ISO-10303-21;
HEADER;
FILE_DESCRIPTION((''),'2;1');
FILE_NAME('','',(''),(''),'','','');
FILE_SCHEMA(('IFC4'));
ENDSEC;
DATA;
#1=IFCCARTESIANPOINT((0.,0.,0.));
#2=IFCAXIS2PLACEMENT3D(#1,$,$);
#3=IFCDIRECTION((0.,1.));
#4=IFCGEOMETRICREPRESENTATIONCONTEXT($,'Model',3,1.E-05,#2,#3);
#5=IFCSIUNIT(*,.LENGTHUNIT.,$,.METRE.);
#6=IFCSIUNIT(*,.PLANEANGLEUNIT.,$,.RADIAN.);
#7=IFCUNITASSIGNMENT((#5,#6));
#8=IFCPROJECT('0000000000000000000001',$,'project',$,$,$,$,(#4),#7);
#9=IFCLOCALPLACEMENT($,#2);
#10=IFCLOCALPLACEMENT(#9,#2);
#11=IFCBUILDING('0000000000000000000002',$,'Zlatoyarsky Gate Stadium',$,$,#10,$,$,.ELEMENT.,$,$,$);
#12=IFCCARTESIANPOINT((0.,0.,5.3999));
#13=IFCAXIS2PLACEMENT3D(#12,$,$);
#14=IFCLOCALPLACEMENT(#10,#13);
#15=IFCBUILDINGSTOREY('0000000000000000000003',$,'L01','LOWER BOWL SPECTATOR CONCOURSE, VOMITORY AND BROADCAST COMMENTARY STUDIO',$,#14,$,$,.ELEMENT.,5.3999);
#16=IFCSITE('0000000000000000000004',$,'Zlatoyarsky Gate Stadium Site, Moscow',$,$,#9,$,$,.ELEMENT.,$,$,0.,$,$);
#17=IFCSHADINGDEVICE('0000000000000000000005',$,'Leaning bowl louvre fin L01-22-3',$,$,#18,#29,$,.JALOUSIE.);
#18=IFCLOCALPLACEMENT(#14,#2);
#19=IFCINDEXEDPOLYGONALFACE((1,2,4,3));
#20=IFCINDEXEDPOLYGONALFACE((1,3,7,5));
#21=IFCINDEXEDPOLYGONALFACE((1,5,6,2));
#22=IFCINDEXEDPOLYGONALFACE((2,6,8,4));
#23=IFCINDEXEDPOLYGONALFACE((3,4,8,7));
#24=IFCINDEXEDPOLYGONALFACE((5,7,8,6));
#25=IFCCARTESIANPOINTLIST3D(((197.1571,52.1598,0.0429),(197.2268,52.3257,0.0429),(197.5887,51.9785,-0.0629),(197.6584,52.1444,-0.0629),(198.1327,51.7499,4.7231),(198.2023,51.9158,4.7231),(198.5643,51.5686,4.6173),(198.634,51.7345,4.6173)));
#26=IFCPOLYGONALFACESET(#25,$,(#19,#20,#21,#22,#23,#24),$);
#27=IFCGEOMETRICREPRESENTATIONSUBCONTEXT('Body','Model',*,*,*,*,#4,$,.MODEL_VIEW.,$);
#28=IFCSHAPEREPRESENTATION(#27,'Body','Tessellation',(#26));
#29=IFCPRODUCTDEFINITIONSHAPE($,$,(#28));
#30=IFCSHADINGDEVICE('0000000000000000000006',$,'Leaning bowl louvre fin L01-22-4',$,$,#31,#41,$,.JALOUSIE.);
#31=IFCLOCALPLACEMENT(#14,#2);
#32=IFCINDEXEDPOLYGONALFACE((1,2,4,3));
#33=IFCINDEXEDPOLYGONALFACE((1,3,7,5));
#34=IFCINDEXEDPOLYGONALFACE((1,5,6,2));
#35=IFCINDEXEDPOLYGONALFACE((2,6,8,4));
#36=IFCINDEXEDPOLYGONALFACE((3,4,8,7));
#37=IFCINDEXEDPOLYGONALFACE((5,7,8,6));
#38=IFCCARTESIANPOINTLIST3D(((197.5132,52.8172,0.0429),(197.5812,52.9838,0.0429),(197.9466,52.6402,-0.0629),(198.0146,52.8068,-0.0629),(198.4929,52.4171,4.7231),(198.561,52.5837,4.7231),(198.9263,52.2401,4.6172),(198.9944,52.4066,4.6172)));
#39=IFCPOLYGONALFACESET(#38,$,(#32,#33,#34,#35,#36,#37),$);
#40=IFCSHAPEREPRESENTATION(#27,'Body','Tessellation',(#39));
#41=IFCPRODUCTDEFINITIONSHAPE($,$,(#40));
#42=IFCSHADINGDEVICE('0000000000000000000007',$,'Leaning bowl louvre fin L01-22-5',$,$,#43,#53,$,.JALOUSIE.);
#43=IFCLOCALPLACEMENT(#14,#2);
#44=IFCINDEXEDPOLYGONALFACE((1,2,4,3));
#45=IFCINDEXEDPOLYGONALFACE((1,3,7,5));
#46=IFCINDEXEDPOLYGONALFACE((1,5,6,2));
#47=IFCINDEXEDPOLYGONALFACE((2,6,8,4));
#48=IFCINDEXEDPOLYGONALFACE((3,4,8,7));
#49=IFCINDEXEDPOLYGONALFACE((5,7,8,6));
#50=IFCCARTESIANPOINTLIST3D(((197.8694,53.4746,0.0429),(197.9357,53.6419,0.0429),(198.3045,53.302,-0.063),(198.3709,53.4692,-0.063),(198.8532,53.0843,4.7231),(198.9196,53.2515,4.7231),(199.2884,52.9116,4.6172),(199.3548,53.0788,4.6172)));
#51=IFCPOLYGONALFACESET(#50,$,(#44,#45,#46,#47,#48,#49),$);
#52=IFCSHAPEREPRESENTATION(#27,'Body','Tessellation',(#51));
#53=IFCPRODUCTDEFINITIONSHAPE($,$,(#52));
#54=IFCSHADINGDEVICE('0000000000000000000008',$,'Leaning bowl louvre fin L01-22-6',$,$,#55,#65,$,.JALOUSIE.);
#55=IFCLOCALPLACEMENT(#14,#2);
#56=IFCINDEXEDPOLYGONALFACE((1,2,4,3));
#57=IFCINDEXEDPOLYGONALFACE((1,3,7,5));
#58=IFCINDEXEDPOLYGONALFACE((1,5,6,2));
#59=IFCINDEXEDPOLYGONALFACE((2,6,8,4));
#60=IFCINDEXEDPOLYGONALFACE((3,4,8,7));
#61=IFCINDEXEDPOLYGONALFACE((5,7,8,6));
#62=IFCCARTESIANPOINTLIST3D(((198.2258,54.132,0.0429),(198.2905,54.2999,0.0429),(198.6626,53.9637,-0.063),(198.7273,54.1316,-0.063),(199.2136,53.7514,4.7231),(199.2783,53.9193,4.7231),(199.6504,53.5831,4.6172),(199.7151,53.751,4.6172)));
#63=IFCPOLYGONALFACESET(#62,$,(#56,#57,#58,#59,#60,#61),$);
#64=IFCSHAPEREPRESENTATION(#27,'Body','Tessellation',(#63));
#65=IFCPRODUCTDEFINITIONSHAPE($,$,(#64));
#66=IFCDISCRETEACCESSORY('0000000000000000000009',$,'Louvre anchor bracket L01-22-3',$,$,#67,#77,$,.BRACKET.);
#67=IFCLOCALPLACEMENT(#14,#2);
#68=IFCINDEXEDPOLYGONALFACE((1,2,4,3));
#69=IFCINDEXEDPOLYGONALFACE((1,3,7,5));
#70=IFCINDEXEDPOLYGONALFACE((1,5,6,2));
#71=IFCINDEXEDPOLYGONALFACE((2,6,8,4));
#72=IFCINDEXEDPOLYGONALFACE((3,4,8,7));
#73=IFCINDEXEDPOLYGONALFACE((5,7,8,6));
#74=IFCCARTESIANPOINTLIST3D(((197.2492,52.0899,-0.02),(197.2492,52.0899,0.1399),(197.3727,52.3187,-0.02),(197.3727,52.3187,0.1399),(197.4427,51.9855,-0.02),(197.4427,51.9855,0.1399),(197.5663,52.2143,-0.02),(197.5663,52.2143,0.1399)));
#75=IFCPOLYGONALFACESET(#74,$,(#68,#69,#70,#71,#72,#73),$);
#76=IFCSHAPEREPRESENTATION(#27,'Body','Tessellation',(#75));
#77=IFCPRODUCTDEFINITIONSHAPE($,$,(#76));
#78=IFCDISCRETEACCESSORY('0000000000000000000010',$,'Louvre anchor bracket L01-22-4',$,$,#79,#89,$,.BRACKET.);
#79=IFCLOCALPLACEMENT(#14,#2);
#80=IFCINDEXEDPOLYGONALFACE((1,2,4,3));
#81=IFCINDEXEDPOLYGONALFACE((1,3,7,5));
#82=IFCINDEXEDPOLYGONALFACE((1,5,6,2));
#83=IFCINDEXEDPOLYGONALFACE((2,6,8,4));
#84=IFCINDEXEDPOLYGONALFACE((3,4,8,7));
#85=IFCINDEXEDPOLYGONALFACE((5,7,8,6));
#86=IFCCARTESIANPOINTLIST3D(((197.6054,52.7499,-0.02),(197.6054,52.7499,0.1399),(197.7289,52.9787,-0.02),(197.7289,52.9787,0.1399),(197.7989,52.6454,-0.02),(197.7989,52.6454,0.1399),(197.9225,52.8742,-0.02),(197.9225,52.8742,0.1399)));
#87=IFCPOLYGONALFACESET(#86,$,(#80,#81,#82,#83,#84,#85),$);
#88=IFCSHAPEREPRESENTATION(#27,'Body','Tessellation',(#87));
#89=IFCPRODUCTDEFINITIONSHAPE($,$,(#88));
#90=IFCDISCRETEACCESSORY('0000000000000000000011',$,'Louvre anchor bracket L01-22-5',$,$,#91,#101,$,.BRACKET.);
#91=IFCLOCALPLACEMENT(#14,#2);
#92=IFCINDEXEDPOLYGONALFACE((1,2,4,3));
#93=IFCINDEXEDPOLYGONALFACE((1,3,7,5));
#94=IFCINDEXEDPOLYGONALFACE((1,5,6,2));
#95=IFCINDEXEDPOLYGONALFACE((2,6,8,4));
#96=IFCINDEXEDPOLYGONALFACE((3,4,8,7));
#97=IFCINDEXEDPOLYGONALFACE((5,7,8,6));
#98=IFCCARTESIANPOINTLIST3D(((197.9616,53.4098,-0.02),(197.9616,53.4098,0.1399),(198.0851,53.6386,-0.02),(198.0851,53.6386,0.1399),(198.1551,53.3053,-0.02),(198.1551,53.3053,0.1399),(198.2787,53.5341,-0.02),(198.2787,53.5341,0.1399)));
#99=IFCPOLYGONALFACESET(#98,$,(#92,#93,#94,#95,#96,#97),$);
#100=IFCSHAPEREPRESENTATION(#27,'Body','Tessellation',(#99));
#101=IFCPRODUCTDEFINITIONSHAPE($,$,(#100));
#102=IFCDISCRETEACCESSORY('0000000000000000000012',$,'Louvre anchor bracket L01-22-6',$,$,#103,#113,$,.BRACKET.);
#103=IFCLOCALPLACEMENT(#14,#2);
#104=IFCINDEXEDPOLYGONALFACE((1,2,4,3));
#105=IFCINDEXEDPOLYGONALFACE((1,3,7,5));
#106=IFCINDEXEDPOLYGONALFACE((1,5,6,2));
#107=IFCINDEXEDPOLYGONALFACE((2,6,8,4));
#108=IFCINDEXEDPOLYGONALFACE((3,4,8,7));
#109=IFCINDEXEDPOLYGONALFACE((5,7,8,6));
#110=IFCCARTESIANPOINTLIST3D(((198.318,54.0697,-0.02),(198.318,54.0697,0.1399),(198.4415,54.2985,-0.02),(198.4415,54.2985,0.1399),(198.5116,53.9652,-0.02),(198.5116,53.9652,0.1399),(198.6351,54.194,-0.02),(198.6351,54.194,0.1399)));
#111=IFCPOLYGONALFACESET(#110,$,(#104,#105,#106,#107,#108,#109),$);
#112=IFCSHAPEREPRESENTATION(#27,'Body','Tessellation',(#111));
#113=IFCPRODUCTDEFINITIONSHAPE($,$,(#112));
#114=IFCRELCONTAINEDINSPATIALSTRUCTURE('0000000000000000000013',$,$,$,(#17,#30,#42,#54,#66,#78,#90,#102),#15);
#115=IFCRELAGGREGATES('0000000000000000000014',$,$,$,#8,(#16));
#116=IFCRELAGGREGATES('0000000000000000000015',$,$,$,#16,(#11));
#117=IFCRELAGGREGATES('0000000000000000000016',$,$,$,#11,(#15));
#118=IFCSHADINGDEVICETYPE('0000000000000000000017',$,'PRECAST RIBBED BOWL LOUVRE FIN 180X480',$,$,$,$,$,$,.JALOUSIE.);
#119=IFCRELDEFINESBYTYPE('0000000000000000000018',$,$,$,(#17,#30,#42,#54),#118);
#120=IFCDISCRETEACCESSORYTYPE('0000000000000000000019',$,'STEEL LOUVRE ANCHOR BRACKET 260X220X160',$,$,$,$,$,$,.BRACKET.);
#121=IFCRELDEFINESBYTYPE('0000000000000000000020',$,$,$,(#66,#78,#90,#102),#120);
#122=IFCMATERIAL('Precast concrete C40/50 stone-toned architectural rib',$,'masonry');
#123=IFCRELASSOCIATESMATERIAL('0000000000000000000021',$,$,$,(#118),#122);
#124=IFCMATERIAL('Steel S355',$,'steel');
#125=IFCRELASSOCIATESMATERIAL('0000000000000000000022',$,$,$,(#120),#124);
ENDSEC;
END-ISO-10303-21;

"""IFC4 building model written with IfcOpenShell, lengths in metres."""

from ifc_helpers import new_model, si_unit, direction, frame, origin, origin_2d, place, context, subcontext, project, spatial, rectangle, extrude, material, material_profile, profile_set, type_object, element, save


model = new_model("IFC4")

# Units and contexts
model_context = context("Model", 3, precision=1e-05, world=origin(), true_north=direction((0.0, 1.0)))
body_context = subcontext(model_context, "Body", "Model", "MODEL_VIEW")
ifc_project = project(units=[si_unit("LENGTHUNIT", "METRE"), si_unit("PLANEANGLEUNIT", "RADIAN")], contexts=[model_context])

# Site, building, storey
site_placement = place(None, origin())
site = spatial("IfcSite", under=ifc_project, at=site_placement, Name="Zlatoyarsky Gate Stadium Site, Moscow", CompositionType="ELEMENT", RefElevation=0.0)
building_placement = place(site_placement, origin())
building = spatial("IfcBuilding", under=site, at=building_placement, Name="Zlatoyarsky Gate Stadium", CompositionType="ELEMENT")
storey_placement = place(building_placement, frame((0.0, 0.0, 5.3999)))
storey = spatial("IfcBuildingStorey", under=building, at=storey_placement, Name="L01", Description="LOWER BOWL SPECTATOR CONCOURSE, VOMITORY AND BROADCAST COMMENTARY STUDIO", CompositionType="ELEMENT", Elevation=5.3999)

# Shared definitions
ifc_material_1 = material(Name="Steel S355", Category="steel")

# Shading devices
ifc_material_2 = material(Name="Precast concrete C40/50 stone-toned architectural rib", Category="masonry")
ifc_material_profile_1 = material_profile(ifc_material_2, rectangle(XDim=0.1799, YDim=0.48, at=origin_2d()), Name="RIB 180X480")
ifc_profile_set_1 = profile_set([ifc_material_profile_1], Name="Precast concrete C40/50 stone-toned architectural rib")
shading_device_type = type_object("IfcShadingDeviceType", Name="PRECAST RIBBED BOWL LOUVRE FIN 180X480", PredefinedType="JALOUSIE", material=ifc_profile_set_1)
for number, where, z_axis, x_axis, name in (
    (1, (197.4077, 52.1521, -0.01), (0.203318, -0.085428, 0.975379), (0.387366, 0.921926, 0.0), "Leaning bowl louvre fin L01-22-3"),
    (2, (197.7639, 52.812, -0.01), (0.204182, -0.083393, 0.975374), (0.378103, 0.925764, 0.0), "Leaning bowl louvre fin L01-22-4"),
    (3, (198.1201, 53.4719, -0.01), (0.205045, -0.081357, 0.975365), (0.368804, 0.929507, 0.0), "Leaning bowl louvre fin L01-22-5"),
    (4, (198.4766, 54.1318, -0.01), (0.205859, -0.079321, 0.975362), (0.359551, 0.933126, 0.0), "Leaning bowl louvre fin L01-22-6"),
):
    element("IfcShadingDevice", number, at=place(storey_placement, frame(where, z_axis=z_axis, x_axis=x_axis)), inside=storey, type_object=shading_device_type, Name=name, PredefinedType="JALOUSIE", context=body_context, shape_type="SweptSolid", body=[
        extrude(rectangle(XDim=0.1799, YDim=0.48, at=origin_2d()), origin(), (0.0, 0.0, 1.0), 4.7983),
    ])

# Discrete accessories
discrete_accessory_type = type_object("IfcDiscreteAccessoryType", Name="STEEL LOUVRE ANCHOR BRACKET 260X220X160", PredefinedType="BRACKET", material=ifc_material_1)
for number, where, z_axis, x_axis, name in (
    (5, (197.4077, 52.1521, -0.02), (0.0, 0.0, 1.0), (0.47505, 0.879959, 0.0), "Louvre anchor bracket L01-22-3"),
    (6, (197.7639, 52.812, -0.02), (0.0, 0.0, 1.0), (0.47505, 0.879959, 0.0), "Louvre anchor bracket L01-22-4"),
    (7, (198.1201, 53.4719, -0.02), (0.0, 0.0, 1.0), (0.47505, 0.879959, 0.0), "Louvre anchor bracket L01-22-5"),
    (8, (198.4766, 54.1318, -0.02), (0.0, 0.0, 1.0), (0.47505, 0.879959, 0.0), "Louvre anchor bracket L01-22-6"),
):
    element("IfcDiscreteAccessory", number, at=place(storey_placement, frame(where, z_axis=z_axis, x_axis=x_axis)), inside=storey, type_object=discrete_accessory_type, Name=name, PredefinedType="BRACKET", context=body_context, shape_type="SweptSolid", body=[
        extrude(rectangle(XDim=0.26, YDim=0.22, at=origin_2d()), origin(), (0.0, 0.0, 1.0), 0.1599),
    ])

save(model, "model.ifc")
